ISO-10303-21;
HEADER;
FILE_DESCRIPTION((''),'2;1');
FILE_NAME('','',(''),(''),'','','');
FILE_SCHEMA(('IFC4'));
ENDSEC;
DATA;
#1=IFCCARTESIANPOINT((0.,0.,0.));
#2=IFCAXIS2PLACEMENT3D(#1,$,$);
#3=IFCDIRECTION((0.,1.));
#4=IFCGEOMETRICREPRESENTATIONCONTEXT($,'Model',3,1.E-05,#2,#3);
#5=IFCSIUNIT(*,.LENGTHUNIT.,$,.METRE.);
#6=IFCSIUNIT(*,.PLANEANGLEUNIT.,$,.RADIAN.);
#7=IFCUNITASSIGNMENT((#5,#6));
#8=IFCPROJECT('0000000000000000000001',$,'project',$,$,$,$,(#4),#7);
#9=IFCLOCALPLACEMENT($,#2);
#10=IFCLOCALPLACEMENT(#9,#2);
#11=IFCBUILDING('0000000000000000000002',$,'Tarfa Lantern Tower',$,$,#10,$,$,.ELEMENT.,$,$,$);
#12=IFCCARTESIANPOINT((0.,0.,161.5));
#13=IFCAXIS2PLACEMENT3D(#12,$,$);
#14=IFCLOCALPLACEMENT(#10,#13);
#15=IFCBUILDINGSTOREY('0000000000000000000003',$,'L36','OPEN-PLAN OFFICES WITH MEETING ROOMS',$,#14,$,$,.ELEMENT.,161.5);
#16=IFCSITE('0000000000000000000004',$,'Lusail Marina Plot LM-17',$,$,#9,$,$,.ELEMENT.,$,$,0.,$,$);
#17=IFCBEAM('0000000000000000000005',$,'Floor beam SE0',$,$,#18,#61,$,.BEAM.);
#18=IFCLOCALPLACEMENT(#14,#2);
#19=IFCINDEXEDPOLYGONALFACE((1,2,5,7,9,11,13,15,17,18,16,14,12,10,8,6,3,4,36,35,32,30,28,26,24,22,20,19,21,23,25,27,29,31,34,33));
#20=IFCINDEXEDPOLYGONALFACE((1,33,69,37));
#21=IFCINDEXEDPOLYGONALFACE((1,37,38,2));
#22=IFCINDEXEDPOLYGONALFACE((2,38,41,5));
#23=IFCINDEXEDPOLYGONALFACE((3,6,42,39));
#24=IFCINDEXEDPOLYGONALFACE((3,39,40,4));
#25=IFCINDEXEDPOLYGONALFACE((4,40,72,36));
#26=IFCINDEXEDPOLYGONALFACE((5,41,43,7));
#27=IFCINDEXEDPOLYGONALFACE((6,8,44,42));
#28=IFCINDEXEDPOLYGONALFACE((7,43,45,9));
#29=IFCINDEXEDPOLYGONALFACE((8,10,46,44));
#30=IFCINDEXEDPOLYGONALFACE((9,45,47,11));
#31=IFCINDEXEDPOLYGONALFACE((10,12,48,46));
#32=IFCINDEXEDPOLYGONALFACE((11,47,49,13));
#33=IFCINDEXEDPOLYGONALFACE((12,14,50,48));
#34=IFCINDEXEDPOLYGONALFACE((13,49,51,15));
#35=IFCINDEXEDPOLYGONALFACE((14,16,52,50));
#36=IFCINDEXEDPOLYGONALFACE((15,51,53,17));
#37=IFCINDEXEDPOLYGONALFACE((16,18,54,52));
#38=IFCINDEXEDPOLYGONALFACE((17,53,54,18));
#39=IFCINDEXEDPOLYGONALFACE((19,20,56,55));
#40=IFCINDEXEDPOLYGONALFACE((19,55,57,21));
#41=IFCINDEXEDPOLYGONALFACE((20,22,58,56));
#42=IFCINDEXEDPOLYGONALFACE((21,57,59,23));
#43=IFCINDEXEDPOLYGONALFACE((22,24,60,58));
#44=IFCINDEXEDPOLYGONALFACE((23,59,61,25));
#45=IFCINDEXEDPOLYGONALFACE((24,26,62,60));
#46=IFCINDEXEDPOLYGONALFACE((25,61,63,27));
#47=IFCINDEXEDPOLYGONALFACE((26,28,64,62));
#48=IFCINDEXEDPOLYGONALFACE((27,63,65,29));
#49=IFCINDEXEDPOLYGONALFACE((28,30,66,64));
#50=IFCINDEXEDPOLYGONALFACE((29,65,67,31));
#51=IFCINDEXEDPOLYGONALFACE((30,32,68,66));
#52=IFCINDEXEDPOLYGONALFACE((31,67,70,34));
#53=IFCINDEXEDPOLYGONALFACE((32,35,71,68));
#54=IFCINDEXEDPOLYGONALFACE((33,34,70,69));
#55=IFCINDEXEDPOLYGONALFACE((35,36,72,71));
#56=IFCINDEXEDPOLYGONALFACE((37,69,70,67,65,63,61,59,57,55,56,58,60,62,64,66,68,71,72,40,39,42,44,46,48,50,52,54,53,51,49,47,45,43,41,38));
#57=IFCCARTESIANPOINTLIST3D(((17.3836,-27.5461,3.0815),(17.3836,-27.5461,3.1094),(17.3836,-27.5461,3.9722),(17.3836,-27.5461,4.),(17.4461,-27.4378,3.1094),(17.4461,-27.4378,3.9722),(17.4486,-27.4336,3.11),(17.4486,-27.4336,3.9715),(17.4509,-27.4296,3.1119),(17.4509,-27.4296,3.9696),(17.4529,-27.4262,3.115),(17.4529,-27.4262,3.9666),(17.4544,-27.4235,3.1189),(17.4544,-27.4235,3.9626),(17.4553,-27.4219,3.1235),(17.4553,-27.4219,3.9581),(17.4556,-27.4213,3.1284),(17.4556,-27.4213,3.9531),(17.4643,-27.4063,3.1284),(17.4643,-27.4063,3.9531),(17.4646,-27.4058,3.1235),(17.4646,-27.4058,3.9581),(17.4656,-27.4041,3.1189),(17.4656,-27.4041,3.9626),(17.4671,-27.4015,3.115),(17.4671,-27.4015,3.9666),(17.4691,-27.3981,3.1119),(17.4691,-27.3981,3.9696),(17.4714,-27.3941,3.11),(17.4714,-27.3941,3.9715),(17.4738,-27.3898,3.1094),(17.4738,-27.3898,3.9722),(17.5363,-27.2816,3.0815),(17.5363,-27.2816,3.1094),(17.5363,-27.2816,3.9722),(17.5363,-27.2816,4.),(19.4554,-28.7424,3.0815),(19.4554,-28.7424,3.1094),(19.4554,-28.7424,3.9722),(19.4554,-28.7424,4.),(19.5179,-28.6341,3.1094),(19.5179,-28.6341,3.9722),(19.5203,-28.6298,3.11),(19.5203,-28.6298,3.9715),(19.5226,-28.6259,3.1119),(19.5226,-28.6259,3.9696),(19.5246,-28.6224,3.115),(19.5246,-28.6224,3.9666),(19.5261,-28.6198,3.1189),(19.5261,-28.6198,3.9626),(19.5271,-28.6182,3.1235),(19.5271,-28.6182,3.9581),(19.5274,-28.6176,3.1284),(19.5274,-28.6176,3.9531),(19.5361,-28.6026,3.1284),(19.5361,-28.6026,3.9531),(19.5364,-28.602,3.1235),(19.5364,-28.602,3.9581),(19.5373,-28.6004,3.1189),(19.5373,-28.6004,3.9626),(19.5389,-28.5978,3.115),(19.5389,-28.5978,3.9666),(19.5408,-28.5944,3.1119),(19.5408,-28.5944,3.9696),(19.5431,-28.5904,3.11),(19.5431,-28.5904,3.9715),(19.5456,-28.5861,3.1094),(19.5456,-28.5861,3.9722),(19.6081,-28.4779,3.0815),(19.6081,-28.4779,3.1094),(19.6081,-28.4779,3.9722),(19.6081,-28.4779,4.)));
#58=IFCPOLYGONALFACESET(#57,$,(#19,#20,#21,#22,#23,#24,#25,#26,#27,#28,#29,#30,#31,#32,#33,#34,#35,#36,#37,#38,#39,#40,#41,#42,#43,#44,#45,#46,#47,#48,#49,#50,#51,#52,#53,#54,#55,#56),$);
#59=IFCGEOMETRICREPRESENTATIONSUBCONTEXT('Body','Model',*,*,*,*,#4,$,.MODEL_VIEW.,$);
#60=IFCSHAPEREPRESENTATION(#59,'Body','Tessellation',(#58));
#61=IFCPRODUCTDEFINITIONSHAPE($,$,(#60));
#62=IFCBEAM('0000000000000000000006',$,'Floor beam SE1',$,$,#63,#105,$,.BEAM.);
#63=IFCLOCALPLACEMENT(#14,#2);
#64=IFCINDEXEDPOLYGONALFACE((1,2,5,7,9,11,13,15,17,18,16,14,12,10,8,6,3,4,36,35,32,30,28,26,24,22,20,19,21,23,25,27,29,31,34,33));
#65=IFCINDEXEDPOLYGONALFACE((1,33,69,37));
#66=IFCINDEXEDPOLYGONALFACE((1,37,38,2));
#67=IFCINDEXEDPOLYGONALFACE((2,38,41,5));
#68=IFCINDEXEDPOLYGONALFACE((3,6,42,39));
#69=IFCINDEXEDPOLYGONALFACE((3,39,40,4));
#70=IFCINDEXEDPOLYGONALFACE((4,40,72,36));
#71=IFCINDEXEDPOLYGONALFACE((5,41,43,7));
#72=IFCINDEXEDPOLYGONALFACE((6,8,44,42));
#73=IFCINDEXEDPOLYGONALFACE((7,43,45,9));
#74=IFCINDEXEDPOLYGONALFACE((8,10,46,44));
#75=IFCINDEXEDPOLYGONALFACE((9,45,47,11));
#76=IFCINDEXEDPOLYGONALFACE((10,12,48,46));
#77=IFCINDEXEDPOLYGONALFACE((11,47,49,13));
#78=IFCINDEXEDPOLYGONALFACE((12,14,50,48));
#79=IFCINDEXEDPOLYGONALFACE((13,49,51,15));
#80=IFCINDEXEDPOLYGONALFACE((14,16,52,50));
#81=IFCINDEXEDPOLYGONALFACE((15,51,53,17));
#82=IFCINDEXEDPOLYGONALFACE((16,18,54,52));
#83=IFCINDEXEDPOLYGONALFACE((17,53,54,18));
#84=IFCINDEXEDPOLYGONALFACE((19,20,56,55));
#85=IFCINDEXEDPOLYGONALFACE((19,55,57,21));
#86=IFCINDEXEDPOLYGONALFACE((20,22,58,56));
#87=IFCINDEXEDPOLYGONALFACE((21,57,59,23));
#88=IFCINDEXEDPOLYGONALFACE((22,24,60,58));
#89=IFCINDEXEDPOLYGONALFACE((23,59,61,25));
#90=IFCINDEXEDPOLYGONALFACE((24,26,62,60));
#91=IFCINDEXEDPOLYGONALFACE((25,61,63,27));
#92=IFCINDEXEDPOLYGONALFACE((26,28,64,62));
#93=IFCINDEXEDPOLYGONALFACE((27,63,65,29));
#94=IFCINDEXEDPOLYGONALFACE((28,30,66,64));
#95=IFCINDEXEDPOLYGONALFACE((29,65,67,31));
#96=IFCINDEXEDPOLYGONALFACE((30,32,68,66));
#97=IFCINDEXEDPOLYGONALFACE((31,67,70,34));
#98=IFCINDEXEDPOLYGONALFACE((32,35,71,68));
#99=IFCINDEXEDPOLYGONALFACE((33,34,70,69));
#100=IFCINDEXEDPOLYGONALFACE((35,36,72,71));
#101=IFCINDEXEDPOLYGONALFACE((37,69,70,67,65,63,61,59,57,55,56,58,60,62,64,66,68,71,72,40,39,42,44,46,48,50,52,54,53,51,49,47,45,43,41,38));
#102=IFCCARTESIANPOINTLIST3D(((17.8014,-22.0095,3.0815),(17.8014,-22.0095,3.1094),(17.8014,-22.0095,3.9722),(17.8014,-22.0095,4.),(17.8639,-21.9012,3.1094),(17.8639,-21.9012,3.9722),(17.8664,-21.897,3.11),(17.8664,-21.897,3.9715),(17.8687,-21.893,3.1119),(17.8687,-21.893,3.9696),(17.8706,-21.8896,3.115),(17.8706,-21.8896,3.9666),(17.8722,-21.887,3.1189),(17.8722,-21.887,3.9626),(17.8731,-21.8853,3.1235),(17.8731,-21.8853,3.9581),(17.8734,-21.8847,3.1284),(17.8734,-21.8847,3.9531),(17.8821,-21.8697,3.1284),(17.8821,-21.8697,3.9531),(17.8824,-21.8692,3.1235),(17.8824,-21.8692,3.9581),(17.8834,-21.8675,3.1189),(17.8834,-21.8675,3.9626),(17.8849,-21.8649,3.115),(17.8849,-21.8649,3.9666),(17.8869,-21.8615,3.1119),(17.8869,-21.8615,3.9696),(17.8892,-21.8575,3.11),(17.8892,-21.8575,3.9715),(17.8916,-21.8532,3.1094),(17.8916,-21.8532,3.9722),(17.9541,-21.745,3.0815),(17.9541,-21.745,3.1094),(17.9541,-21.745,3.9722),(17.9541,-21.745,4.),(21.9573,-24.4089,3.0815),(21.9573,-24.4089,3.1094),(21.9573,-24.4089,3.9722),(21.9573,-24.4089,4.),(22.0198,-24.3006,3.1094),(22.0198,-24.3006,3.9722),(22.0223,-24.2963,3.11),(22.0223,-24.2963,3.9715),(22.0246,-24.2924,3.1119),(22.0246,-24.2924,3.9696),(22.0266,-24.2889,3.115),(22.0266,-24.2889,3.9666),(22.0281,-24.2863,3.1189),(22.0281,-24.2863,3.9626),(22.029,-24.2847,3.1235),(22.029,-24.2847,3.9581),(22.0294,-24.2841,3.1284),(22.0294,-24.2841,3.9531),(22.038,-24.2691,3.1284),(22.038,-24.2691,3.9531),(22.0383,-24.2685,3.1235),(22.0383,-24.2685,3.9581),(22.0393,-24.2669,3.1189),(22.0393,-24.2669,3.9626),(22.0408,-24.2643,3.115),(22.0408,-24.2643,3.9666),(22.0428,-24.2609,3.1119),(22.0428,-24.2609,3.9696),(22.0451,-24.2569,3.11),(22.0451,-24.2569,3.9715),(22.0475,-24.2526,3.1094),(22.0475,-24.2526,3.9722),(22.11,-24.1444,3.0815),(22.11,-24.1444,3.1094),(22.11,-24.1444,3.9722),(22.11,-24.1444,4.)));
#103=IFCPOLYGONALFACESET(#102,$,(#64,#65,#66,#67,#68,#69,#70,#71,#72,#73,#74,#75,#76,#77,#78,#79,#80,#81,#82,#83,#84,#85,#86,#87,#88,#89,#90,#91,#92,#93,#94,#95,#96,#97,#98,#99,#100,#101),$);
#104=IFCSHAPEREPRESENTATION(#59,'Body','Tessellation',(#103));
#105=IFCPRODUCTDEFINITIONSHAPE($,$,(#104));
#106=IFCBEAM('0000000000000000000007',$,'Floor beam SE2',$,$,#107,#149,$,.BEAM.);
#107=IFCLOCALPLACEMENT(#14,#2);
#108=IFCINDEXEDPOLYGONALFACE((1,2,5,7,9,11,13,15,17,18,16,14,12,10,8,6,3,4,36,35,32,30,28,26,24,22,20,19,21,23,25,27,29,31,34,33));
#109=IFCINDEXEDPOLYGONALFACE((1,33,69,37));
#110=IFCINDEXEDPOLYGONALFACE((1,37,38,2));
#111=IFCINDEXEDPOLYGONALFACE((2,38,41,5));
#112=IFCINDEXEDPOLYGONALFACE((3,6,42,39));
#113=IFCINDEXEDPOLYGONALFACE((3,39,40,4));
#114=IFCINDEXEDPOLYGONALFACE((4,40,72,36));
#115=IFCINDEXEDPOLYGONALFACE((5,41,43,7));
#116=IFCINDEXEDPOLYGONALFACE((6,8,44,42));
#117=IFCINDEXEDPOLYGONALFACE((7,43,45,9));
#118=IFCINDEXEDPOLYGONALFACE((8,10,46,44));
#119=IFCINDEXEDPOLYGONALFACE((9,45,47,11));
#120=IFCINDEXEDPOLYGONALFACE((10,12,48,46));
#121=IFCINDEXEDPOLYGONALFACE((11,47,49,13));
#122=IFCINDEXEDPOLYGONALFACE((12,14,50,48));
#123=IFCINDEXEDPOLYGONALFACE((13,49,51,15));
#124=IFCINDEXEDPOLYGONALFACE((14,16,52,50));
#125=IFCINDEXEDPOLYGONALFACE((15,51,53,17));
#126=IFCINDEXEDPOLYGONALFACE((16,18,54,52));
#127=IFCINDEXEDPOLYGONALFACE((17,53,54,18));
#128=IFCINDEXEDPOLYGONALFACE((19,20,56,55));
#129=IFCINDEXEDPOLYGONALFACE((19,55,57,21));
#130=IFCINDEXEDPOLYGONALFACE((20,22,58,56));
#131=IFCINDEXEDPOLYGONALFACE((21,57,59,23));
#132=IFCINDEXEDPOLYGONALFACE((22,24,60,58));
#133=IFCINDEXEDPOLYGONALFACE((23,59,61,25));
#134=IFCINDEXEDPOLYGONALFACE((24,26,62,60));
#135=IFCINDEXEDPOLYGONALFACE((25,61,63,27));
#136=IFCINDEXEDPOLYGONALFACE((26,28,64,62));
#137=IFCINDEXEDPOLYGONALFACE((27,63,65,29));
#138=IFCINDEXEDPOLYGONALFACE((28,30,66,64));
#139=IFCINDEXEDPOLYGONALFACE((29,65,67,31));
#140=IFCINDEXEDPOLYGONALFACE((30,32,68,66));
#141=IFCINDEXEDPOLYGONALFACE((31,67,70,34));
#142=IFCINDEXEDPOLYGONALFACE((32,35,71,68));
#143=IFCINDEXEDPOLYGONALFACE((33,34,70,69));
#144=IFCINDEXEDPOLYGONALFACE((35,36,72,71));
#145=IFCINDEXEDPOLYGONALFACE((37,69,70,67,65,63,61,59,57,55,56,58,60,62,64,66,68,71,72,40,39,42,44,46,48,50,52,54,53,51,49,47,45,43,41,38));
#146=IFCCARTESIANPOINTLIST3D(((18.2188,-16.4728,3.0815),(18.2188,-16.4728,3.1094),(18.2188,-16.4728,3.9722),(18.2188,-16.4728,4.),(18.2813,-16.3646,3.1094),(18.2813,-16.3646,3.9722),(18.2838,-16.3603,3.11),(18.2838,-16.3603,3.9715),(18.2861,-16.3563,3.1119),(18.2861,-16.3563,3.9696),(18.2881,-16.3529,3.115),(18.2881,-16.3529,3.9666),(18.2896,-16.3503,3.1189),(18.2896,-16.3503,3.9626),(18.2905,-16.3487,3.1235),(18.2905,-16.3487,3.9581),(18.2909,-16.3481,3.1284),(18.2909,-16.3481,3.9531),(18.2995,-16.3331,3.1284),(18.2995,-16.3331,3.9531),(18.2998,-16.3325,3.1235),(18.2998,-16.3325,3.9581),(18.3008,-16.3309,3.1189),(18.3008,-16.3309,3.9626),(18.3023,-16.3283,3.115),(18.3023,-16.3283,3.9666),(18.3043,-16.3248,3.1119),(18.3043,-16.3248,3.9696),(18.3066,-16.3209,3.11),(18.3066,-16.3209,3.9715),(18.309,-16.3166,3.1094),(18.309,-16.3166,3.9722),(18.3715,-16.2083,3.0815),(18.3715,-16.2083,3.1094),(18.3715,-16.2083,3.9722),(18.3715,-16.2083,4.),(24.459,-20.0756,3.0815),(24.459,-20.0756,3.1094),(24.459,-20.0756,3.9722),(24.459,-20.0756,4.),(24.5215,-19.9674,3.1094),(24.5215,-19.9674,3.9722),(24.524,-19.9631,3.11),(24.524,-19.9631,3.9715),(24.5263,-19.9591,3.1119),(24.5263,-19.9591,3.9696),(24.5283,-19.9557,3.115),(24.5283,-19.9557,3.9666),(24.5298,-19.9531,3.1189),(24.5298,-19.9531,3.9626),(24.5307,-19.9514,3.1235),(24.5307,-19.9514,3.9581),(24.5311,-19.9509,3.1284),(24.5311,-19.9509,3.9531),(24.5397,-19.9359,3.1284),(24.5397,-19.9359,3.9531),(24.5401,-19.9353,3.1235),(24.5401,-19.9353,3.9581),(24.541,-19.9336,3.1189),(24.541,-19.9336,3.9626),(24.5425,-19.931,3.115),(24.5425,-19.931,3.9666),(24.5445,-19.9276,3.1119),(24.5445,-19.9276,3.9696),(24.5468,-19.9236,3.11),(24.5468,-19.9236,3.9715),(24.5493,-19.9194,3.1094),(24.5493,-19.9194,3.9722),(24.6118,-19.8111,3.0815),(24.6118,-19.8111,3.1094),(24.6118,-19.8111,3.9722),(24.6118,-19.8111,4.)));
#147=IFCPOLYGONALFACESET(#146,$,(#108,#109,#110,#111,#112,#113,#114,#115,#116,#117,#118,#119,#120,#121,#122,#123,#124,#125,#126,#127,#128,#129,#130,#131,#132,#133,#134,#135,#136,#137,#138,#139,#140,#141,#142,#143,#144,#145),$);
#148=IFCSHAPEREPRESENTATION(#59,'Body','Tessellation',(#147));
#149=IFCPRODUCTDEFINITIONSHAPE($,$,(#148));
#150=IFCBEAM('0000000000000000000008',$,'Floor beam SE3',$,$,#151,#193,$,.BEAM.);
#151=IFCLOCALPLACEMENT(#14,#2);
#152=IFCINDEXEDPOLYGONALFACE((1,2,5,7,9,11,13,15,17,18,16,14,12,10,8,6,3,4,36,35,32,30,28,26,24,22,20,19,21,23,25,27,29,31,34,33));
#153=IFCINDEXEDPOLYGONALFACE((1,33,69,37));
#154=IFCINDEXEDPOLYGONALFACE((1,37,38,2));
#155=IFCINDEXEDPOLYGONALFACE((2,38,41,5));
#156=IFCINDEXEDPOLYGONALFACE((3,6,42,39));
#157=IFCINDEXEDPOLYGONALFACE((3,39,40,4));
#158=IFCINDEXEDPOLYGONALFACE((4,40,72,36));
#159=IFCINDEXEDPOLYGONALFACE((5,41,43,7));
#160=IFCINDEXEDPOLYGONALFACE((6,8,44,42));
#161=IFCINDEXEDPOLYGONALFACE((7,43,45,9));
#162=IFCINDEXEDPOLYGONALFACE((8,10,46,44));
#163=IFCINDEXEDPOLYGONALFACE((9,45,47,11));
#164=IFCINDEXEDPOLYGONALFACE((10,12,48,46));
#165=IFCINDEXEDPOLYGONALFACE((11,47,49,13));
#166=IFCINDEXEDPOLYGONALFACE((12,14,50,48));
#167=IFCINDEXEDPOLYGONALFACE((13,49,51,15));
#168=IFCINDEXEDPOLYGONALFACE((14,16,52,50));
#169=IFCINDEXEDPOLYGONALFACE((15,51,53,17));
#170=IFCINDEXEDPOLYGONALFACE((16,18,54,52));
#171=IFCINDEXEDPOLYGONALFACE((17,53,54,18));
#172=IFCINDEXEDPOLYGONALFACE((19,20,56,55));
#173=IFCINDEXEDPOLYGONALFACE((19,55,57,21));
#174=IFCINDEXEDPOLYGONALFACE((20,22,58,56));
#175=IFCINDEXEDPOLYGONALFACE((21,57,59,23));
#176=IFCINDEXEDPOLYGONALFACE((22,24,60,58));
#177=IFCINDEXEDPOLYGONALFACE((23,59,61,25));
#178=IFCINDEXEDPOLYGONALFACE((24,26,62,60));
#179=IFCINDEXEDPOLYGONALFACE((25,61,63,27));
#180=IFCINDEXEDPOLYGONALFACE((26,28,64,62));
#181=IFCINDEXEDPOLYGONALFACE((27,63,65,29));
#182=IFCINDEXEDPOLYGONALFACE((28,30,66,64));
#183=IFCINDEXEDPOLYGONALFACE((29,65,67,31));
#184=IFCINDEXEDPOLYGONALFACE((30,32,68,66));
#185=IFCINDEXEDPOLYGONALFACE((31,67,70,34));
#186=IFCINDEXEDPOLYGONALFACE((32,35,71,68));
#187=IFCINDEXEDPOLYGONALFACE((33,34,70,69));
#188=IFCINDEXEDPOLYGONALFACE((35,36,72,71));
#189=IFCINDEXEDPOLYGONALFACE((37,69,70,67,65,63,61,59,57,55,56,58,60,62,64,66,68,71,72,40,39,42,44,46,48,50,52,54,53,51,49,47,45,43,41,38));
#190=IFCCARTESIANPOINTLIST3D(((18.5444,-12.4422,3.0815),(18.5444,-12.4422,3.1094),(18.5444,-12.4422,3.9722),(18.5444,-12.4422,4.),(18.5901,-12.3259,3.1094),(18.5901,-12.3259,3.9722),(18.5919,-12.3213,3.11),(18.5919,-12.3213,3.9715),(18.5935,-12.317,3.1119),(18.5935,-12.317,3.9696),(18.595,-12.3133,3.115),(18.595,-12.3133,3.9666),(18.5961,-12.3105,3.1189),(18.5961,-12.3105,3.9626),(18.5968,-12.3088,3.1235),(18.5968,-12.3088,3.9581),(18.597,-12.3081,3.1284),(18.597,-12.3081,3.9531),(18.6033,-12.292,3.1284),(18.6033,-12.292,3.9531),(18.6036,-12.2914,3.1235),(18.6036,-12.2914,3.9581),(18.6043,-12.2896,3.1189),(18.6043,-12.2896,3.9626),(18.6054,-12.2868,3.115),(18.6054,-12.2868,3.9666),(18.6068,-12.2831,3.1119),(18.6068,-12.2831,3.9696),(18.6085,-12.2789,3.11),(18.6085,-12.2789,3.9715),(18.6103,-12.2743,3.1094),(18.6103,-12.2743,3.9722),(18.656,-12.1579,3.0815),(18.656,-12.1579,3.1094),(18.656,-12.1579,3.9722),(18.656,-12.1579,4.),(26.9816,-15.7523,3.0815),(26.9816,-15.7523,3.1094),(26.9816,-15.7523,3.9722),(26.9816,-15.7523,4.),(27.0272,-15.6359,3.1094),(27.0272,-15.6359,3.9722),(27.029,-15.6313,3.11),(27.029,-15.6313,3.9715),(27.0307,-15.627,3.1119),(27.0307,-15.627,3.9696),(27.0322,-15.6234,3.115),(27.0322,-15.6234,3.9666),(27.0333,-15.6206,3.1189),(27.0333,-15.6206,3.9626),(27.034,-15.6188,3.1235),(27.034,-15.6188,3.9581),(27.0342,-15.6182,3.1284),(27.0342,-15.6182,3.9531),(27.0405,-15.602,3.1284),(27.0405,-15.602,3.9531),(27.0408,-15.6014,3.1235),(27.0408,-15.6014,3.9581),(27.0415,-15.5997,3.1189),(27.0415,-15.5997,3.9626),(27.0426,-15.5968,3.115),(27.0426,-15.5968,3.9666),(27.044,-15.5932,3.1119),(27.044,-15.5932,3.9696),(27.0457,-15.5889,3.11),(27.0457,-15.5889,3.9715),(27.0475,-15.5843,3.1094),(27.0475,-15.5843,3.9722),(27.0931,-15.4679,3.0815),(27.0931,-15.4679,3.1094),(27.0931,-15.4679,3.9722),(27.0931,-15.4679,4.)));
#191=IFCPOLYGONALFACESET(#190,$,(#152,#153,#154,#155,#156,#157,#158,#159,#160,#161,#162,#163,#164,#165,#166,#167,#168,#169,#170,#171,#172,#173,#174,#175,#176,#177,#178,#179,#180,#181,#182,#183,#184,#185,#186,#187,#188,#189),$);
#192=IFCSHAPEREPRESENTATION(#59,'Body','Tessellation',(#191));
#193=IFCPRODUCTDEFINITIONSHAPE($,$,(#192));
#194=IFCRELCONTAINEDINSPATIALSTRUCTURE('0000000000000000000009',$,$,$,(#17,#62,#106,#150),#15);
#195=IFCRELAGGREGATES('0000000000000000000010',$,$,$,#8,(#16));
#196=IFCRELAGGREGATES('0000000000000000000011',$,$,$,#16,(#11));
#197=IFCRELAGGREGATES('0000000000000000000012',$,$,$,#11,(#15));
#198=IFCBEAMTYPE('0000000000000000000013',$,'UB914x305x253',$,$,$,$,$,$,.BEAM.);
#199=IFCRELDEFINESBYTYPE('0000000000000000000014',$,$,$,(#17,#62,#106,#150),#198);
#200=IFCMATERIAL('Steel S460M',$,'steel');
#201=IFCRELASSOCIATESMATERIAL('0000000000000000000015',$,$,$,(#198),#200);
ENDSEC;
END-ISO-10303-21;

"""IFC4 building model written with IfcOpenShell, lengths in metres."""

from ifc_helpers import new_model, si_unit, direction, frame, origin, origin_2d, place, context, subcontext, project, spatial, i_section, extrude, material, material_profile, profile_set, type_object, element, save


model = new_model("IFC4")

# Units and contexts
model_context = context("Model", 3, precision=1e-05, world=origin(), true_north=direction((0.0, 1.0)))
body_context = subcontext(model_context, "Body", "Model", "MODEL_VIEW")
ifc_project = project(units=[si_unit("LENGTHUNIT", "METRE"), si_unit("PLANEANGLEUNIT", "RADIAN")], contexts=[model_context])

# Site, building, storey
site_placement = place(None, origin())
site = spatial("IfcSite", under=ifc_project, at=site_placement, Name="Lusail Marina Plot LM-17", CompositionType="ELEMENT", RefElevation=0.0)
building_placement = place(site_placement, origin())
building = spatial("IfcBuilding", under=site, at=building_placement, Name="Tarfa Lantern Tower", CompositionType="ELEMENT")
storey_placement = place(building_placement, frame((0.0, 0.0, 161.5)))
storey = spatial("IfcBuildingStorey", under=building, at=storey_placement, Name="L36", Description="OPEN-PLAN OFFICES WITH MEETING ROOMS", CompositionType="ELEMENT", Elevation=161.5)

# Beams
ifc_material_1 = material(Name="Steel S460M", Category="steel")
ifc_material_profile_1 = material_profile(ifc_material_1, i_section(OverallWidth=0.3054, OverallDepth=0.9185, WebThickness=0.0173, FlangeThickness=0.0278, FilletRadius=0.019, at=origin_2d()), Name="UB914x305x253")
ifc_profile_set_1 = profile_set([ifc_material_profile_1], Name="Steel S460M")
beam_type_1 = type_object("IfcBeamType", Name="UB914x305x253", PredefinedType="BEAM", material=ifc_profile_set_1)
beam_1_placement = place(storey_placement, frame((19.5317, -28.6101, 3.5408), z_axis=(-0.865999, 0.500046, 0.0), x_axis=(-0.500046, -0.865999, 0.0)))
element("IfcBeam", 1, at=beam_1_placement, inside=storey, type_object=beam_type_1, Name="Floor beam SE0", PredefinedType="BEAM", context=body_context, shape_type="SweptSolid", body=[
    extrude(i_section(OverallWidth=0.3054, OverallDepth=0.9185, WebThickness=0.0173, FlangeThickness=0.0278, FilletRadius=0.019, at=origin_2d()), origin(), (0.0, 0.0, 1.0), 2.3923),
])
beam_2_placement = place(storey_placement, frame((22.0337, -24.2766, 3.5408), z_axis=(-0.866031, 0.499991, 0.0), x_axis=(-0.499991, -0.866031, 0.0)))
element("IfcBeam", 2, at=beam_2_placement, inside=storey, type_object=beam_type_1, Name="Floor beam SE1", PredefinedType="BEAM", context=body_context, shape_type="SweptSolid", body=[
    extrude(i_section(OverallWidth=0.3054, OverallDepth=0.9185, WebThickness=0.0173, FlangeThickness=0.0278, FilletRadius=0.019, at=origin_2d()), origin(), (0.0, 0.0, 1.0), 4.7988),
])
beam_3_placement = place(storey_placement, frame((24.5354, -19.9434, 3.5408), z_axis=(-0.866026, 0.499998, 0.0), x_axis=(-0.499998, -0.866026, 0.0)))
element("IfcBeam", 3, at=beam_3_placement, inside=storey, type_object=beam_type_1, Name="Floor beam SE2", PredefinedType="BEAM", context=body_context, shape_type="SweptSolid", body=[
    extrude(i_section(OverallWidth=0.3054, OverallDepth=0.9185, WebThickness=0.0173, FlangeThickness=0.0278, FilletRadius=0.019, at=origin_2d()), origin(), (0.0, 0.0, 1.0), 7.2056),
])
beam_4_placement = place(storey_placement, frame((27.0374, -15.6101, 3.5408), z_axis=(-0.930923, 0.365215, 0.0), x_axis=(-0.365215, -0.930923, 0.0)))
element("IfcBeam", 4, at=beam_4_placement, inside=storey, type_object=beam_type_1, Name="Floor beam SE3", PredefinedType="BEAM", context=body_context, shape_type="SweptSolid", body=[
    extrude(i_section(OverallWidth=0.3054, OverallDepth=0.9185, WebThickness=0.0173, FlangeThickness=0.0278, FilletRadius=0.019, at=origin_2d()), origin(), (0.0, 0.0, 1.0), 9.0632),
])

save(model, "model.ifc")
